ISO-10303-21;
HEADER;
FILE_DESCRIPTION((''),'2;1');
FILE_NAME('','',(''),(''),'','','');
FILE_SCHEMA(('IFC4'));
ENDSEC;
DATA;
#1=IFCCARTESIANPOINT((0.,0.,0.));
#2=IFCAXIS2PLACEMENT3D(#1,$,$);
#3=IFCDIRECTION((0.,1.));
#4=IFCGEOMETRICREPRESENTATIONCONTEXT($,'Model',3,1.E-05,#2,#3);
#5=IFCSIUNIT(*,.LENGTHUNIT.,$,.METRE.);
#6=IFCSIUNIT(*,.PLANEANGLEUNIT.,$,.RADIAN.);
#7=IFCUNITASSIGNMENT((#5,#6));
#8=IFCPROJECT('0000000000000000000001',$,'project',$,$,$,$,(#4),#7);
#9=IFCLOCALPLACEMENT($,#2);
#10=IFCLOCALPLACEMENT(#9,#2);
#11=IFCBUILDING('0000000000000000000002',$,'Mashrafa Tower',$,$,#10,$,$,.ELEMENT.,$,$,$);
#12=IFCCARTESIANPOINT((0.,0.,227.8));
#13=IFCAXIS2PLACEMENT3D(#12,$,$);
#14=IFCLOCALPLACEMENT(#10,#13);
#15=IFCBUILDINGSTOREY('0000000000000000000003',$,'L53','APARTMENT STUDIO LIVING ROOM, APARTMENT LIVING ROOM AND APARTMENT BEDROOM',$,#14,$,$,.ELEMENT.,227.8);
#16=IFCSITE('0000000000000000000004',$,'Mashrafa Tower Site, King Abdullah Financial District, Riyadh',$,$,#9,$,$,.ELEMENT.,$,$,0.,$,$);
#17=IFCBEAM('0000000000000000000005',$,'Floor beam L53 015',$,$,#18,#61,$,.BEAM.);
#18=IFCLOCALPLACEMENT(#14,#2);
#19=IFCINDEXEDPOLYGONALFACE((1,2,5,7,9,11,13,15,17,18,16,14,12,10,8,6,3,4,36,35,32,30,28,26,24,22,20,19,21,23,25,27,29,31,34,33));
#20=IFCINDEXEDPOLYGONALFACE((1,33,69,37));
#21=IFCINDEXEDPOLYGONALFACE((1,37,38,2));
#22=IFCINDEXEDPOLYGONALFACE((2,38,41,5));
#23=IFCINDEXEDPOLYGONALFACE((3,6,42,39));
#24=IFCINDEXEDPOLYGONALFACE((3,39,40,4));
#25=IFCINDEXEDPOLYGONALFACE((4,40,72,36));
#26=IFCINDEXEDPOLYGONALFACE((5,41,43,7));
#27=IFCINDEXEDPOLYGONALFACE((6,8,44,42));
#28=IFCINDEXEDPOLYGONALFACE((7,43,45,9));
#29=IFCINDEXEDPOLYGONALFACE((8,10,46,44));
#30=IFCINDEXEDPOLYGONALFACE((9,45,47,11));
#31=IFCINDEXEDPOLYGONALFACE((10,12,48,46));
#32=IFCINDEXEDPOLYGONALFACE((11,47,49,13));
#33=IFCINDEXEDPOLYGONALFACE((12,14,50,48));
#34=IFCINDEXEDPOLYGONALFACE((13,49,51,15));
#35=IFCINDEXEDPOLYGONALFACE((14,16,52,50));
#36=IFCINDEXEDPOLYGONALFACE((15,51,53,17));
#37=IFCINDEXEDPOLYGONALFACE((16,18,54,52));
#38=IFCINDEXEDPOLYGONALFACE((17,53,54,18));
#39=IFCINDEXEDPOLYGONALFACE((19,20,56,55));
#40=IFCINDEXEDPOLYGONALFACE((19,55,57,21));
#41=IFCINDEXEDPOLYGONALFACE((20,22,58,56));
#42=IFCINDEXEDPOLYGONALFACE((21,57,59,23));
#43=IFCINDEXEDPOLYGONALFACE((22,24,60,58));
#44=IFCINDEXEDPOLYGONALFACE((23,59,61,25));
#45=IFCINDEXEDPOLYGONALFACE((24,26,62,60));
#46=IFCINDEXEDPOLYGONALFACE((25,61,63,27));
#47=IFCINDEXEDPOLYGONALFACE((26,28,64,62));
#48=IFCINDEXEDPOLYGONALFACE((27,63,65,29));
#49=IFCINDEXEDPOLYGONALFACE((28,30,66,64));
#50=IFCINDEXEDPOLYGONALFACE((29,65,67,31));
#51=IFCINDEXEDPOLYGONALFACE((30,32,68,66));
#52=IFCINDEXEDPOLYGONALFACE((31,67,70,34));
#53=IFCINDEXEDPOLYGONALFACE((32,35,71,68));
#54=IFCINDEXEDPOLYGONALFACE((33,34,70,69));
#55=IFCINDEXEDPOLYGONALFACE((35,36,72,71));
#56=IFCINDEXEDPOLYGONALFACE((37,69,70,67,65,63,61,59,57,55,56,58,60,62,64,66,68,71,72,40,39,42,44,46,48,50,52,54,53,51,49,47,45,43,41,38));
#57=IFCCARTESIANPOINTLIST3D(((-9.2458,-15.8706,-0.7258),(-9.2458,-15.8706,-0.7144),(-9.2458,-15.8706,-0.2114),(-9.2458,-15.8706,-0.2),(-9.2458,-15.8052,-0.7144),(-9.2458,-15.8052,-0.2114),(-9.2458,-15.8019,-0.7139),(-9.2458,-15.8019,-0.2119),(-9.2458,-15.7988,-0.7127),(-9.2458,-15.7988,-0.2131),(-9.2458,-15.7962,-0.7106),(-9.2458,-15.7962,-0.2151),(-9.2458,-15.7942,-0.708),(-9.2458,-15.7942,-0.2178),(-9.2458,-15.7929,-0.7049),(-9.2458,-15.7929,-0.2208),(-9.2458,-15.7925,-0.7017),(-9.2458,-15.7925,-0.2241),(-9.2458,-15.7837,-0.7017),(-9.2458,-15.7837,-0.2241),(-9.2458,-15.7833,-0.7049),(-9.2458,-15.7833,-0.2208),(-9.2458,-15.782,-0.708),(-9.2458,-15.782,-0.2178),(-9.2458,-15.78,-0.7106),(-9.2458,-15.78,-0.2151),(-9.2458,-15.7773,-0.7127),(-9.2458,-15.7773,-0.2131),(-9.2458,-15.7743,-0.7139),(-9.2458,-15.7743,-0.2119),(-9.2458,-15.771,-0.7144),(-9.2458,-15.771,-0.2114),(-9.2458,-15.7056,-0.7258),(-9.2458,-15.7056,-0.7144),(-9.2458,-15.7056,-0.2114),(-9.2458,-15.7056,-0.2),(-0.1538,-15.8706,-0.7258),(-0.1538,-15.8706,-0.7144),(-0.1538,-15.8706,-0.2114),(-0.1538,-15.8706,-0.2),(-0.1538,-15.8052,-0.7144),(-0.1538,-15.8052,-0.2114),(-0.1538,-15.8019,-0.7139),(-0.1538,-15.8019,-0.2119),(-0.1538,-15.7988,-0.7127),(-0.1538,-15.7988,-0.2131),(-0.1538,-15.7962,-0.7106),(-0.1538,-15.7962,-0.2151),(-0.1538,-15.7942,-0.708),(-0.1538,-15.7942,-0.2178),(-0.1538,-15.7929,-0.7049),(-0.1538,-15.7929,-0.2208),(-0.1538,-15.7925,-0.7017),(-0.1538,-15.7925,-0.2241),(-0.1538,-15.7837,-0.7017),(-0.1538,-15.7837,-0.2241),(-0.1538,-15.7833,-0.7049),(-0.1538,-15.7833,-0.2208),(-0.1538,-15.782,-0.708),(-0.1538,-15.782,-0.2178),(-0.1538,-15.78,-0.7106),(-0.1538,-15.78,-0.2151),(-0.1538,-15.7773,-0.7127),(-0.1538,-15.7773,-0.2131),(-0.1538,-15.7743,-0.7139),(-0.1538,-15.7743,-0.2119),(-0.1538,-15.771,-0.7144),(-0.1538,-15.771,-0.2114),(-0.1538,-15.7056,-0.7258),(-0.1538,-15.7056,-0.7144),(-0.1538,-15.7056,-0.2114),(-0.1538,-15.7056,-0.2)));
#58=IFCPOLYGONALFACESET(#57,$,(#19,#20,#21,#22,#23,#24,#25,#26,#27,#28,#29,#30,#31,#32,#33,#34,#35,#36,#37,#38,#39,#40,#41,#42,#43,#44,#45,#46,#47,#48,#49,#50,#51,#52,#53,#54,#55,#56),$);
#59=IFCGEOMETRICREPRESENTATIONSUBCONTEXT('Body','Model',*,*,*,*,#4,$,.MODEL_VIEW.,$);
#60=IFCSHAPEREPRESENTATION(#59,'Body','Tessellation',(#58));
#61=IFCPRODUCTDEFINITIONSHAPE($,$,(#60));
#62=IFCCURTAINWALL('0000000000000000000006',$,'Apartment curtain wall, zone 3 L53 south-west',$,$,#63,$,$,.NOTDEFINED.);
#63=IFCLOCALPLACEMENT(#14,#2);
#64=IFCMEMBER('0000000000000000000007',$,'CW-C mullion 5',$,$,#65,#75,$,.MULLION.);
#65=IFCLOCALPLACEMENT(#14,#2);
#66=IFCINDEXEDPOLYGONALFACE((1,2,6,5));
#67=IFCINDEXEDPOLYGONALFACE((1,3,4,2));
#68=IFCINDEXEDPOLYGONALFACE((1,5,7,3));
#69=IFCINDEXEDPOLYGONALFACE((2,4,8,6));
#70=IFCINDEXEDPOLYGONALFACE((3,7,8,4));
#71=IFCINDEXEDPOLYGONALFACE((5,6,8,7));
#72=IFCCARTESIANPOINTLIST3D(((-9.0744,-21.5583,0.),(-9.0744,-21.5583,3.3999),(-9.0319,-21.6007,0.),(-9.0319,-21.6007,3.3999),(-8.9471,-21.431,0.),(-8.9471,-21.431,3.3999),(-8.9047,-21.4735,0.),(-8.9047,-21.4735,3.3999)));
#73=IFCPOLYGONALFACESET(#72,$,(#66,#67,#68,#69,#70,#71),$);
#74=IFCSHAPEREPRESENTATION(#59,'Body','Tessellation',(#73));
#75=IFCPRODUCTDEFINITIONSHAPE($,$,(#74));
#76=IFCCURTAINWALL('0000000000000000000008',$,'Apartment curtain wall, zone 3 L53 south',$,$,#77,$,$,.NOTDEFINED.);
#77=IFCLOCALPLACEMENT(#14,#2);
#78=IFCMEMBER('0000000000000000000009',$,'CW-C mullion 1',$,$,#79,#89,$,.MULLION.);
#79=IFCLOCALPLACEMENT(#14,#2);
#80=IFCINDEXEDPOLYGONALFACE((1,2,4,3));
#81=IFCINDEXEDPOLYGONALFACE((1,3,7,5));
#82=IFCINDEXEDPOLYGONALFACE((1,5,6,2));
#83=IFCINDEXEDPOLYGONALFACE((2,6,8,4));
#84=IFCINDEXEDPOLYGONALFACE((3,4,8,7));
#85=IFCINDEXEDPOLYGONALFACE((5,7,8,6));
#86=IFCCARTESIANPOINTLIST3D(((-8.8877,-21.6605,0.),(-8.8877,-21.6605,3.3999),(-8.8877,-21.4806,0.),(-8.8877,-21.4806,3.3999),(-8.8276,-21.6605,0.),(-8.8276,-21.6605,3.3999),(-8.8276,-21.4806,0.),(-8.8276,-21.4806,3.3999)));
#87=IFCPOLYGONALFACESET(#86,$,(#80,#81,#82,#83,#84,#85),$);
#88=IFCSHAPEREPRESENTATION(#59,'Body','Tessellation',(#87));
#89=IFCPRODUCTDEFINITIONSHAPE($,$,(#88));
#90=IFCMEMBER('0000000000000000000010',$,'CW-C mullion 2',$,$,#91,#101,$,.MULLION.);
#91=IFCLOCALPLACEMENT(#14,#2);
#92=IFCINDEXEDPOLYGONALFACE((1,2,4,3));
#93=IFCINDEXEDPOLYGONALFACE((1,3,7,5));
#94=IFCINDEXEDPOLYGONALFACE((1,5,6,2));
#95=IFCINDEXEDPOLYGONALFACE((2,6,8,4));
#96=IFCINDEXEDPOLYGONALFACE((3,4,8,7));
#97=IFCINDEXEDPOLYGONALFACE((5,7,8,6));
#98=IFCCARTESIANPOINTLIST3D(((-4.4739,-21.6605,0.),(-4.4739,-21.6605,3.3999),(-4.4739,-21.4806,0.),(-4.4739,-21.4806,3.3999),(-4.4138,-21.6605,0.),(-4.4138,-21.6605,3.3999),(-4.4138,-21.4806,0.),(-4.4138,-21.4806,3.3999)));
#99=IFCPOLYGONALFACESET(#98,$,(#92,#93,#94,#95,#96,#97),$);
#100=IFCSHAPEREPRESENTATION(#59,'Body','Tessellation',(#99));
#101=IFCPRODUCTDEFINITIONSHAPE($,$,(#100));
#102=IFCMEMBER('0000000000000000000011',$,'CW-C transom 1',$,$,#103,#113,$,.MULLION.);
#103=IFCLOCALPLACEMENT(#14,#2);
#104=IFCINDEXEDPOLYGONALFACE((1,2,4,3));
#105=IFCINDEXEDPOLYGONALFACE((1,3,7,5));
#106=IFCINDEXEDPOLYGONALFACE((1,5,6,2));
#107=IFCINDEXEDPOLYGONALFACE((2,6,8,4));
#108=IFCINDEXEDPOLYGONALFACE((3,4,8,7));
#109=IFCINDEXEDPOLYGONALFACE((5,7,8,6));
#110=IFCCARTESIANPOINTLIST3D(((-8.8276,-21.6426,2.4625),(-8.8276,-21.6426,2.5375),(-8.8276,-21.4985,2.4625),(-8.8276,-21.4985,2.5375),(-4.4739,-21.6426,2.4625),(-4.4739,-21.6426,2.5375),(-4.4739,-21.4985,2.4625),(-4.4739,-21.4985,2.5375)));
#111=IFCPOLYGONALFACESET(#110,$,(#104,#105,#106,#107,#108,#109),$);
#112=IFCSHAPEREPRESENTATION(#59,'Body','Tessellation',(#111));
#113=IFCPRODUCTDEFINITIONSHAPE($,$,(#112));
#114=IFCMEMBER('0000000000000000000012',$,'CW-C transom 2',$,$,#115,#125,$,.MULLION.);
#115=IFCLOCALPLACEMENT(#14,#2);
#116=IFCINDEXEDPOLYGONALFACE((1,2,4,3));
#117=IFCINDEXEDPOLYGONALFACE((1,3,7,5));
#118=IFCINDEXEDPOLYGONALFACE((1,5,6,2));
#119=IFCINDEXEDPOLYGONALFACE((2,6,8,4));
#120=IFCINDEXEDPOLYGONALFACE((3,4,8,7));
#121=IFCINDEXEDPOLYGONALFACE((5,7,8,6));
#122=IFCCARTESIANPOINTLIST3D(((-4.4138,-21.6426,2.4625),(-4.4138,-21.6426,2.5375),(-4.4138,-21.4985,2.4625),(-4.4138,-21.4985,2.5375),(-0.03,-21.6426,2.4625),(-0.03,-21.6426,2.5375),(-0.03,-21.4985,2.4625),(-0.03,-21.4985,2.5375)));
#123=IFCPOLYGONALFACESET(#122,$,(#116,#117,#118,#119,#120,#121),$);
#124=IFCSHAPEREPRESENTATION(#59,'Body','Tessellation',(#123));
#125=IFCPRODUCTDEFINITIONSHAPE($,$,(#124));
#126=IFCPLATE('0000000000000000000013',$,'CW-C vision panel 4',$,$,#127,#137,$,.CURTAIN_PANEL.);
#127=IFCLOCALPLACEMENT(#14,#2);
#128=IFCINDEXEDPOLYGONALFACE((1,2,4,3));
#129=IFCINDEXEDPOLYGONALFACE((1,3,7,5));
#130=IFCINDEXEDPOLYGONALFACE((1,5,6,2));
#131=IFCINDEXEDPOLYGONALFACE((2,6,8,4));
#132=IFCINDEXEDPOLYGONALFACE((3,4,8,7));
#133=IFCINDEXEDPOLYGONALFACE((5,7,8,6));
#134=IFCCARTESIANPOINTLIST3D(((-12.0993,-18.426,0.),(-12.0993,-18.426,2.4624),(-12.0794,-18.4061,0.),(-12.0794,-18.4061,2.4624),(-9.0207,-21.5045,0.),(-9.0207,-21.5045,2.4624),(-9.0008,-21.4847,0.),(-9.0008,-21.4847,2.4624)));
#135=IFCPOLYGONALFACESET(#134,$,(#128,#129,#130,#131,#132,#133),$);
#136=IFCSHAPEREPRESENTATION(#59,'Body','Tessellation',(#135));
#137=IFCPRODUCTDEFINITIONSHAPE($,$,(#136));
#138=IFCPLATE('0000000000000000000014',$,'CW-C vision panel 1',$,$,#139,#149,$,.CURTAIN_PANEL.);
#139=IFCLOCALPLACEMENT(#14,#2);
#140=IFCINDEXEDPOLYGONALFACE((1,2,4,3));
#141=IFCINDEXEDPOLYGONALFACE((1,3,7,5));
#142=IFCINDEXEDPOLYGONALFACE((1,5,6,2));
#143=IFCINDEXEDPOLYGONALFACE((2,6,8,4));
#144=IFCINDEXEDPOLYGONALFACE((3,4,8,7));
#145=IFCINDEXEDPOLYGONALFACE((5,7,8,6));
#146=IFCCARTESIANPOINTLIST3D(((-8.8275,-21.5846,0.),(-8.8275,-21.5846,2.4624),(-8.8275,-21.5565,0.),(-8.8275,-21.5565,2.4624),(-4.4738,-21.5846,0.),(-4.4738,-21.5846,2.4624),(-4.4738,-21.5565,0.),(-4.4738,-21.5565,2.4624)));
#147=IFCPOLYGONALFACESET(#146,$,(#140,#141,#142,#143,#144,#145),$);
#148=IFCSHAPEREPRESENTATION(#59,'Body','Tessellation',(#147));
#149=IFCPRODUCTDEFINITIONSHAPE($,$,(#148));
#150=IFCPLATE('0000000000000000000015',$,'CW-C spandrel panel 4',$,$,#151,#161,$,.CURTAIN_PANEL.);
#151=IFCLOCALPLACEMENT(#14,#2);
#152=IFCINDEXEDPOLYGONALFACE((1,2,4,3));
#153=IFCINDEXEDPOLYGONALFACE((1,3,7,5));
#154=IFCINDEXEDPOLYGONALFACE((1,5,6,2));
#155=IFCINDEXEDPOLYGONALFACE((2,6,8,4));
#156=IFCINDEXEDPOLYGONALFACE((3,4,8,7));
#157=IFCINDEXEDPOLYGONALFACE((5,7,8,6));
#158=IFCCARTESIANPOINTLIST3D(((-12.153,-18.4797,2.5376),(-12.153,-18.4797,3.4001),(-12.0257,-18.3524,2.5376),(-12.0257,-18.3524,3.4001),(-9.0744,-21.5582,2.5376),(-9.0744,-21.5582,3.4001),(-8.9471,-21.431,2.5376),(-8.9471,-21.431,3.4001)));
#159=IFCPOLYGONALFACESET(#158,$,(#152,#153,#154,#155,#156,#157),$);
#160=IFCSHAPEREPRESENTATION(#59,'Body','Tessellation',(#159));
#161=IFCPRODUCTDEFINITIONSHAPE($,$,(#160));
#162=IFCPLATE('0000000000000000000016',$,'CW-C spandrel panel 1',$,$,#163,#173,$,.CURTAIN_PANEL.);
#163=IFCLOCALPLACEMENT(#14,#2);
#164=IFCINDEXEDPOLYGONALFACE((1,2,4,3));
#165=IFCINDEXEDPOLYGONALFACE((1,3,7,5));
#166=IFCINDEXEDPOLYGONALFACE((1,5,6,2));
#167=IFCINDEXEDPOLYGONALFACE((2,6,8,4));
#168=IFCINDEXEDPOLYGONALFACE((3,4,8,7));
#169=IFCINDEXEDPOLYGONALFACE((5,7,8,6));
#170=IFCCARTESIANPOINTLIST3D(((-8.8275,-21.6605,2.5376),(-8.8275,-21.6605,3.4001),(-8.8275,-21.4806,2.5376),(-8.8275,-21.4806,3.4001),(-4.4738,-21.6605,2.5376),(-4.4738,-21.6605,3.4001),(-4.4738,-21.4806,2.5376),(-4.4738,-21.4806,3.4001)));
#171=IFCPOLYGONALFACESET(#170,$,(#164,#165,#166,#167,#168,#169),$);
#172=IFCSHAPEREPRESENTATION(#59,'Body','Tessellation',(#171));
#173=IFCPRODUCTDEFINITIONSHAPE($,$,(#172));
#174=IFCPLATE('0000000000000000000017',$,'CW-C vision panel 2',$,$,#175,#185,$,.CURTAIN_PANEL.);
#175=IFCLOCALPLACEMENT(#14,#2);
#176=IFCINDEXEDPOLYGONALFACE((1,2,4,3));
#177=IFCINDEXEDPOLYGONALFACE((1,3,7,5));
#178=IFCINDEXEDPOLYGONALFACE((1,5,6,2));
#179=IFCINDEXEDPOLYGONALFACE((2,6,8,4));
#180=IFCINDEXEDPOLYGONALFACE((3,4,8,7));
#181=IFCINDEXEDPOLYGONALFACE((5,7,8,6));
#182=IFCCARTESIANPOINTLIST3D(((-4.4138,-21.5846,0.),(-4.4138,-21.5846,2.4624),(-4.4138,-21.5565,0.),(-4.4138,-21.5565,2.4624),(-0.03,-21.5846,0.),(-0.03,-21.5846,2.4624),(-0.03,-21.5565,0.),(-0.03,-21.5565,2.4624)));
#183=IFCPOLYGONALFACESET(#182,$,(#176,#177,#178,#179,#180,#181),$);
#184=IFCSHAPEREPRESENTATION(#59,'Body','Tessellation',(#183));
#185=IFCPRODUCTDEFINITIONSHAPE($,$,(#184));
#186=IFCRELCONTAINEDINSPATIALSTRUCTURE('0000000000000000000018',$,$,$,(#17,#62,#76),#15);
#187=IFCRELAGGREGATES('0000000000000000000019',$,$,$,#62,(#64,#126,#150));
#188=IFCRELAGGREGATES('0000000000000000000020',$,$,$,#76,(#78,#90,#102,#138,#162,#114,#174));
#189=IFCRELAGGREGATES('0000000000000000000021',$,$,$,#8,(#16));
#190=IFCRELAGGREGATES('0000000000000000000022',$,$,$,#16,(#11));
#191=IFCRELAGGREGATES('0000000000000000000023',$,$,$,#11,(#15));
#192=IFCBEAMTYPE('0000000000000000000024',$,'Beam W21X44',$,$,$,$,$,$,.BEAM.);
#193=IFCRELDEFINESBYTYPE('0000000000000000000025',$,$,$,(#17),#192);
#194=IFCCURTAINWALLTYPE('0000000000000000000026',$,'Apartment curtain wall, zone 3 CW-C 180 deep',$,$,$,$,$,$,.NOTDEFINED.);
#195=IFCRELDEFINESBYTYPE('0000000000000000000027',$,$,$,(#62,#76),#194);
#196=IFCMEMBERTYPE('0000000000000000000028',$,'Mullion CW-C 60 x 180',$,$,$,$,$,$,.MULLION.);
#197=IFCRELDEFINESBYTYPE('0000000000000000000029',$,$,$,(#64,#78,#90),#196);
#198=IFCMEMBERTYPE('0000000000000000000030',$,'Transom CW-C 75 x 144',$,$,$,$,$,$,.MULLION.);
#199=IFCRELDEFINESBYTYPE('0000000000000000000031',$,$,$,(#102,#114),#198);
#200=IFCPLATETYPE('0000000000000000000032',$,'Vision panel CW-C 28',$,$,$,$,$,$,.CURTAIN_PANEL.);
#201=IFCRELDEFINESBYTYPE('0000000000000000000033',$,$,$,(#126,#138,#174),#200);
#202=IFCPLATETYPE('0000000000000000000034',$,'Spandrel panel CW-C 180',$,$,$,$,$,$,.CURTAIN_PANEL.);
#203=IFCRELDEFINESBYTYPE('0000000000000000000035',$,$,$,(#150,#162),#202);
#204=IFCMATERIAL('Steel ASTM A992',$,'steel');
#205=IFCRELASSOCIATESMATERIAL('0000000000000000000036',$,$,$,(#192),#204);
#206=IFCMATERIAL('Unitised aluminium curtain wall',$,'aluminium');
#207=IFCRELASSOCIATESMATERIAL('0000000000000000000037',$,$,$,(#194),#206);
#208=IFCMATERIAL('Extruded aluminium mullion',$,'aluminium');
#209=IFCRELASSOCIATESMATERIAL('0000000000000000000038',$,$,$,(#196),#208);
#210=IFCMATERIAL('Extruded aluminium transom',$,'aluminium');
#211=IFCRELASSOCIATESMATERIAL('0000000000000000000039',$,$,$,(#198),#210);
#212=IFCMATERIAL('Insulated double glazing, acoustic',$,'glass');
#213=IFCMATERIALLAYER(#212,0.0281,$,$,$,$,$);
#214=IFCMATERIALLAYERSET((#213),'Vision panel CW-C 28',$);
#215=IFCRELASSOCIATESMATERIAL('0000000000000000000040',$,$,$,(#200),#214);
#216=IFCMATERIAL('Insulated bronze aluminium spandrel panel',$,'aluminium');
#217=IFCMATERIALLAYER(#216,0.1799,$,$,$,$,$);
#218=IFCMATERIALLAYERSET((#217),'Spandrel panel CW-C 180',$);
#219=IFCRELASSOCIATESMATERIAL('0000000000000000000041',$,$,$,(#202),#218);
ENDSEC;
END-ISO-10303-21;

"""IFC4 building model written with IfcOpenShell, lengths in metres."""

from ifc_helpers import new_model, si_unit, direction, frame, origin, origin_2d, place, context, subcontext, project, spatial, rectangle, i_section, extrude, source, transform, mapped, material, layer, layer_set, material_profile, profile_set, type_object, type_shapes, element, aggregate, save


model = new_model("IFC4")

# Units and contexts
model_context = context("Model", 3, precision=1e-05, world=origin(), true_north=direction((0.0, 1.0)))
body_context = subcontext(model_context, "Body", "Model", "MODEL_VIEW")
ifc_project = project(units=[si_unit("LENGTHUNIT", "METRE"), si_unit("PLANEANGLEUNIT", "RADIAN")], contexts=[model_context])

# Site, building, storey
site_placement = place(None, origin())
site = spatial("IfcSite", under=ifc_project, at=site_placement, Name="Mashrafa Tower Site, King Abdullah Financial District, Riyadh", CompositionType="ELEMENT", RefElevation=0.0)
building_placement = place(site_placement, origin())
building = spatial("IfcBuilding", under=site, at=building_placement, Name="Mashrafa Tower", CompositionType="ELEMENT")
storey_placement = place(building_placement, frame((0.0, 0.0, 227.8)))
storey = spatial("IfcBuildingStorey", under=building, at=storey_placement, Name="L53", Description="APARTMENT STUDIO LIVING ROOM, APARTMENT LIVING ROOM AND APARTMENT BEDROOM", CompositionType="ELEMENT", Elevation=227.8)

# Beam
ifc_material_1 = material(Name="Steel ASTM A992", Category="steel")
ifc_material_profile_1 = material_profile(ifc_material_1, i_section(OverallWidth=0.165, OverallDepth=0.5259, WebThickness=0.0088, FlangeThickness=0.0115, FilletRadius=0.0127, at=origin_2d()), Name="W21X44")
ifc_profile_set_1 = profile_set([ifc_material_profile_1], Name="Steel ASTM A992")
beam_type_1 = type_object("IfcBeamType", Name="Beam W21X44", PredefinedType="BEAM", material=ifc_profile_set_1)
beam_1_placement = place(storey_placement, frame((-0.1538, -15.7881, -0.4629), z_axis=(-1.0, 0.0, 0.0), x_axis=(0.0, -1.0, 0.0)))
element("IfcBeam", 1, at=beam_1_placement, inside=storey, type_object=beam_type_1, Name="Floor beam L53 015", PredefinedType="BEAM", context=body_context, shape_type="SweptSolid", body=[
    extrude(i_section(OverallWidth=0.165, OverallDepth=0.5259, WebThickness=0.0088, FlangeThickness=0.0115, FilletRadius=0.0127, at=origin_2d()), origin(), (0.0, 0.0, 1.0), 9.092),
])

# Curtain wall, member
ifc_material_2 = material(Name="Unitised aluminium curtain wall", Category="aluminium")
curtain_wall_type = type_object("IfcCurtainWallType", Name="Apartment curtain wall, zone 3 CW-C 180 deep", PredefinedType="NOTDEFINED", material=ifc_material_2)
curtain_wall_1_placement = place(storey_placement, origin())
curtain_wall_1 = element("IfcCurtainWall", 2, at=curtain_wall_1_placement, inside=storey, type_object=curtain_wall_type, Name="Apartment curtain wall, zone 3 L53 south-west", PredefinedType="NOTDEFINED")
ifc_material_3 = material(Name="Extruded aluminium mullion", Category="aluminium")
ifc_material_profile_2 = material_profile(ifc_material_3, rectangle(XDim=0.1799, YDim=0.0601, at=origin_2d()), Name="Mullion 60x180")
ifc_profile_set_2 = profile_set([ifc_material_profile_2], Name="Extruded aluminium mullion")
member_type_1 = type_object("IfcMemberType", Name="Mullion CW-C 60 x 180", PredefinedType="MULLION", material=ifc_profile_set_2)
shared_shape_1 = source(origin(), body_context, "Body", "SweptSolid", [
    extrude(rectangle(XDim=0.1799, YDim=0.0601, at=origin_2d()), origin(), (0.0, 0.0, 1.0), 3.3999),
])
type_shapes(member_type_1, [shared_shape_1])
member_1_placement = place(storey_placement, frame((-8.9895, -21.5159, 0.0), z_axis=(0.0, 0.0, 1.0), x_axis=(0.707107, 0.707107, 0.0)))
member_1 = element("IfcMember", 3, at=member_1_placement, type_object=member_type_1, Name="CW-C mullion 5", PredefinedType="MULLION", context=body_context, shape_type="MappedRepresentation", body=[
    mapped(shared_shape_1, transform((0.0, 0.0, 0.0))),
])

# Curtain wall, members
curtain_wall_2_placement = place(storey_placement, origin())
curtain_wall_2 = element("IfcCurtainWall", 4, at=curtain_wall_2_placement, inside=storey, type_object=curtain_wall_type, Name="Apartment curtain wall, zone 3 L53 south", PredefinedType="NOTDEFINED")
member_2_placement = place(storey_placement, frame((-8.8577, -21.5706, 0.0), z_axis=(0.0, 0.0, 1.0), x_axis=(0.0, 1.0, 0.0)))
member_2 = element("IfcMember", 5, at=member_2_placement, type_object=member_type_1, Name="CW-C mullion 1", PredefinedType="MULLION", context=body_context, shape_type="MappedRepresentation", body=[
    mapped(shared_shape_1, transform((0.0, 0.0, 0.0))),
])
member_3_placement = place(storey_placement, frame((-4.4438, -21.5706, 0.0), z_axis=(0.0, 0.0, 1.0), x_axis=(0.0, 1.0, 0.0)))
member_3 = element("IfcMember", 6, at=member_3_placement, type_object=member_type_1, Name="CW-C mullion 2", PredefinedType="MULLION", context=body_context, shape_type="MappedRepresentation", body=[
    mapped(shared_shape_1, transform((0.0, 0.0, 0.0))),
])
ifc_material_4 = material(Name="Extruded aluminium transom", Category="aluminium")
ifc_material_profile_3 = material_profile(ifc_material_4, rectangle(XDim=0.144, YDim=0.075, at=origin_2d()), Name="Transom 75x144")
ifc_profile_set_3 = profile_set([ifc_material_profile_3], Name="Extruded aluminium transom")
member_type_2 = type_object("IfcMemberType", Name="Transom CW-C 75 x 144", PredefinedType="MULLION", material=ifc_profile_set_3)
shared_shape_2 = source(origin(), body_context, "Body", "SweptSolid", [
    extrude(rectangle(XDim=0.144, YDim=0.075, at=origin_2d()), origin(), (0.0, 0.0, 1.0), 4.3538),
])
member_4_placement = place(storey_placement, frame((-8.8276, -21.5706, 2.5), z_axis=(1.0, 0.0, 0.0), x_axis=(0.0, 1.0, 0.0)))
member_4 = element("IfcMember", 7, at=member_4_placement, type_object=member_type_2, Name="CW-C transom 1", PredefinedType="MULLION", context=body_context, shape_type="MappedRepresentation", body=[
    mapped(shared_shape_2, transform((0.0, 0.0, 0.0))),
])
shared_shape_3 = source(origin(), body_context, "Body", "SweptSolid", [
    extrude(rectangle(XDim=0.144, YDim=0.075, at=origin_2d()), origin(), (0.0, 0.0, 1.0), 4.3838),
])
type_shapes(member_type_2, [shared_shape_2, shared_shape_3])
member_5_placement = place(storey_placement, frame((-4.4138, -21.5706, 2.5), z_axis=(1.0, 0.0, 0.0), x_axis=(0.0, 1.0, 0.0)))
member_5 = element("IfcMember", 8, at=member_5_placement, type_object=member_type_2, Name="CW-C transom 2", PredefinedType="MULLION", context=body_context, shape_type="MappedRepresentation", body=[
    mapped(shared_shape_3, transform((0.0, 0.0, 0.0))),
])

# Plates
ifc_material_5 = material(Name="Insulated double glazing, acoustic", Category="glass")
ifc_layer_1 = layer(ifc_material_5, 0.0281)
ifc_layer_set_1 = layer_set([ifc_layer_1], Name="Vision panel CW-C 28")
plate_type_1 = type_object("IfcPlateType", Name="Vision panel CW-C 28", PredefinedType="CURTAIN_PANEL", material=ifc_layer_set_1)
shared_shape_4 = source(origin(), body_context, "Body", "SweptSolid", [
    extrude(rectangle(XDim=4.3538, YDim=0.0281, at=origin_2d()), origin(), (0.0, 0.0, 1.0), 2.4624),
])
plate_1_placement = place(storey_placement, frame((-10.55, -19.9553, 0.0), z_axis=(0.0, 0.0, 1.0), x_axis=(0.707107, -0.707107, 0.0)))
plate_1 = element("IfcPlate", 9, at=plate_1_placement, type_object=plate_type_1, Name="CW-C vision panel 4", PredefinedType="CURTAIN_PANEL", context=body_context, shape_type="MappedRepresentation", body=[
    mapped(shared_shape_4, transform((0.0, 0.0, 0.0))),
])
plate_2_placement = place(storey_placement, frame((-6.6506, -21.5706, 0.0), z_axis=(0.0, 0.0, 1.0), x_axis=(1.0, 0.0, 0.0)))
plate_2 = element("IfcPlate", 10, at=plate_2_placement, type_object=plate_type_1, Name="CW-C vision panel 1", PredefinedType="CURTAIN_PANEL", context=body_context, shape_type="MappedRepresentation", body=[
    mapped(shared_shape_4, transform((0.0, 0.0, 0.0))),
])
ifc_material_6 = material(Name="Insulated bronze aluminium spandrel panel", Category="aluminium")
ifc_layer_2 = layer(ifc_material_6, 0.1799)
ifc_layer_set_2 = layer_set([ifc_layer_2], Name="Spandrel panel CW-C 180")
plate_type_2 = type_object("IfcPlateType", Name="Spandrel panel CW-C 180", PredefinedType="CURTAIN_PANEL", material=ifc_layer_set_2)
shared_shape_5 = source(origin(), body_context, "Body", "SweptSolid", [
    extrude(rectangle(XDim=4.3538, YDim=0.1799, at=origin_2d()), origin(), (0.0, 0.0, 1.0), 0.8625),
])
plate_3_placement = place(storey_placement, frame((-10.55, -19.9553, 2.5376), z_axis=(0.0, 0.0, 1.0), x_axis=(0.707107, -0.707107, 0.0)))
plate_3 = element("IfcPlate", 11, at=plate_3_placement, type_object=plate_type_2, Name="CW-C spandrel panel 4", PredefinedType="CURTAIN_PANEL", context=body_context, shape_type="MappedRepresentation", body=[
    mapped(shared_shape_5, transform((0.0, 0.0, 0.0))),
])
aggregate(curtain_wall_1, [member_1, plate_1, plate_3])
plate_4_placement = place(storey_placement, frame((-6.6506, -21.5706, 2.5376), z_axis=(0.0, 0.0, 1.0), x_axis=(1.0, 0.0, 0.0)))
plate_4 = element("IfcPlate", 12, at=plate_4_placement, type_object=plate_type_2, Name="CW-C spandrel panel 1", PredefinedType="CURTAIN_PANEL", context=body_context, shape_type="MappedRepresentation", body=[
    mapped(shared_shape_5, transform((0.0, 0.0, 0.0))),
])
shared_shape_6 = source(origin(), body_context, "Body", "SweptSolid", [
    extrude(rectangle(XDim=4.3838, YDim=0.0281, at=origin_2d()), origin(), (0.0, 0.0, 1.0), 2.4624),
])
type_shapes(plate_type_1, [shared_shape_4, shared_shape_6])
plate_5_placement = place(storey_placement, frame((-2.2219, -21.5706, 0.0), z_axis=(0.0, 0.0, 1.0), x_axis=(1.0, 0.0, 0.0)))
plate_5 = element("IfcPlate", 13, at=plate_5_placement, type_object=plate_type_1, Name="CW-C vision panel 2", PredefinedType="CURTAIN_PANEL", context=body_context, shape_type="MappedRepresentation", body=[
    mapped(shared_shape_6, transform((0.0, 0.0, 0.0))),
])
aggregate(curtain_wall_2, [member_2, member_3, member_4, plate_2, plate_4, member_5, plate_5])

save(model, "model.ifc")
